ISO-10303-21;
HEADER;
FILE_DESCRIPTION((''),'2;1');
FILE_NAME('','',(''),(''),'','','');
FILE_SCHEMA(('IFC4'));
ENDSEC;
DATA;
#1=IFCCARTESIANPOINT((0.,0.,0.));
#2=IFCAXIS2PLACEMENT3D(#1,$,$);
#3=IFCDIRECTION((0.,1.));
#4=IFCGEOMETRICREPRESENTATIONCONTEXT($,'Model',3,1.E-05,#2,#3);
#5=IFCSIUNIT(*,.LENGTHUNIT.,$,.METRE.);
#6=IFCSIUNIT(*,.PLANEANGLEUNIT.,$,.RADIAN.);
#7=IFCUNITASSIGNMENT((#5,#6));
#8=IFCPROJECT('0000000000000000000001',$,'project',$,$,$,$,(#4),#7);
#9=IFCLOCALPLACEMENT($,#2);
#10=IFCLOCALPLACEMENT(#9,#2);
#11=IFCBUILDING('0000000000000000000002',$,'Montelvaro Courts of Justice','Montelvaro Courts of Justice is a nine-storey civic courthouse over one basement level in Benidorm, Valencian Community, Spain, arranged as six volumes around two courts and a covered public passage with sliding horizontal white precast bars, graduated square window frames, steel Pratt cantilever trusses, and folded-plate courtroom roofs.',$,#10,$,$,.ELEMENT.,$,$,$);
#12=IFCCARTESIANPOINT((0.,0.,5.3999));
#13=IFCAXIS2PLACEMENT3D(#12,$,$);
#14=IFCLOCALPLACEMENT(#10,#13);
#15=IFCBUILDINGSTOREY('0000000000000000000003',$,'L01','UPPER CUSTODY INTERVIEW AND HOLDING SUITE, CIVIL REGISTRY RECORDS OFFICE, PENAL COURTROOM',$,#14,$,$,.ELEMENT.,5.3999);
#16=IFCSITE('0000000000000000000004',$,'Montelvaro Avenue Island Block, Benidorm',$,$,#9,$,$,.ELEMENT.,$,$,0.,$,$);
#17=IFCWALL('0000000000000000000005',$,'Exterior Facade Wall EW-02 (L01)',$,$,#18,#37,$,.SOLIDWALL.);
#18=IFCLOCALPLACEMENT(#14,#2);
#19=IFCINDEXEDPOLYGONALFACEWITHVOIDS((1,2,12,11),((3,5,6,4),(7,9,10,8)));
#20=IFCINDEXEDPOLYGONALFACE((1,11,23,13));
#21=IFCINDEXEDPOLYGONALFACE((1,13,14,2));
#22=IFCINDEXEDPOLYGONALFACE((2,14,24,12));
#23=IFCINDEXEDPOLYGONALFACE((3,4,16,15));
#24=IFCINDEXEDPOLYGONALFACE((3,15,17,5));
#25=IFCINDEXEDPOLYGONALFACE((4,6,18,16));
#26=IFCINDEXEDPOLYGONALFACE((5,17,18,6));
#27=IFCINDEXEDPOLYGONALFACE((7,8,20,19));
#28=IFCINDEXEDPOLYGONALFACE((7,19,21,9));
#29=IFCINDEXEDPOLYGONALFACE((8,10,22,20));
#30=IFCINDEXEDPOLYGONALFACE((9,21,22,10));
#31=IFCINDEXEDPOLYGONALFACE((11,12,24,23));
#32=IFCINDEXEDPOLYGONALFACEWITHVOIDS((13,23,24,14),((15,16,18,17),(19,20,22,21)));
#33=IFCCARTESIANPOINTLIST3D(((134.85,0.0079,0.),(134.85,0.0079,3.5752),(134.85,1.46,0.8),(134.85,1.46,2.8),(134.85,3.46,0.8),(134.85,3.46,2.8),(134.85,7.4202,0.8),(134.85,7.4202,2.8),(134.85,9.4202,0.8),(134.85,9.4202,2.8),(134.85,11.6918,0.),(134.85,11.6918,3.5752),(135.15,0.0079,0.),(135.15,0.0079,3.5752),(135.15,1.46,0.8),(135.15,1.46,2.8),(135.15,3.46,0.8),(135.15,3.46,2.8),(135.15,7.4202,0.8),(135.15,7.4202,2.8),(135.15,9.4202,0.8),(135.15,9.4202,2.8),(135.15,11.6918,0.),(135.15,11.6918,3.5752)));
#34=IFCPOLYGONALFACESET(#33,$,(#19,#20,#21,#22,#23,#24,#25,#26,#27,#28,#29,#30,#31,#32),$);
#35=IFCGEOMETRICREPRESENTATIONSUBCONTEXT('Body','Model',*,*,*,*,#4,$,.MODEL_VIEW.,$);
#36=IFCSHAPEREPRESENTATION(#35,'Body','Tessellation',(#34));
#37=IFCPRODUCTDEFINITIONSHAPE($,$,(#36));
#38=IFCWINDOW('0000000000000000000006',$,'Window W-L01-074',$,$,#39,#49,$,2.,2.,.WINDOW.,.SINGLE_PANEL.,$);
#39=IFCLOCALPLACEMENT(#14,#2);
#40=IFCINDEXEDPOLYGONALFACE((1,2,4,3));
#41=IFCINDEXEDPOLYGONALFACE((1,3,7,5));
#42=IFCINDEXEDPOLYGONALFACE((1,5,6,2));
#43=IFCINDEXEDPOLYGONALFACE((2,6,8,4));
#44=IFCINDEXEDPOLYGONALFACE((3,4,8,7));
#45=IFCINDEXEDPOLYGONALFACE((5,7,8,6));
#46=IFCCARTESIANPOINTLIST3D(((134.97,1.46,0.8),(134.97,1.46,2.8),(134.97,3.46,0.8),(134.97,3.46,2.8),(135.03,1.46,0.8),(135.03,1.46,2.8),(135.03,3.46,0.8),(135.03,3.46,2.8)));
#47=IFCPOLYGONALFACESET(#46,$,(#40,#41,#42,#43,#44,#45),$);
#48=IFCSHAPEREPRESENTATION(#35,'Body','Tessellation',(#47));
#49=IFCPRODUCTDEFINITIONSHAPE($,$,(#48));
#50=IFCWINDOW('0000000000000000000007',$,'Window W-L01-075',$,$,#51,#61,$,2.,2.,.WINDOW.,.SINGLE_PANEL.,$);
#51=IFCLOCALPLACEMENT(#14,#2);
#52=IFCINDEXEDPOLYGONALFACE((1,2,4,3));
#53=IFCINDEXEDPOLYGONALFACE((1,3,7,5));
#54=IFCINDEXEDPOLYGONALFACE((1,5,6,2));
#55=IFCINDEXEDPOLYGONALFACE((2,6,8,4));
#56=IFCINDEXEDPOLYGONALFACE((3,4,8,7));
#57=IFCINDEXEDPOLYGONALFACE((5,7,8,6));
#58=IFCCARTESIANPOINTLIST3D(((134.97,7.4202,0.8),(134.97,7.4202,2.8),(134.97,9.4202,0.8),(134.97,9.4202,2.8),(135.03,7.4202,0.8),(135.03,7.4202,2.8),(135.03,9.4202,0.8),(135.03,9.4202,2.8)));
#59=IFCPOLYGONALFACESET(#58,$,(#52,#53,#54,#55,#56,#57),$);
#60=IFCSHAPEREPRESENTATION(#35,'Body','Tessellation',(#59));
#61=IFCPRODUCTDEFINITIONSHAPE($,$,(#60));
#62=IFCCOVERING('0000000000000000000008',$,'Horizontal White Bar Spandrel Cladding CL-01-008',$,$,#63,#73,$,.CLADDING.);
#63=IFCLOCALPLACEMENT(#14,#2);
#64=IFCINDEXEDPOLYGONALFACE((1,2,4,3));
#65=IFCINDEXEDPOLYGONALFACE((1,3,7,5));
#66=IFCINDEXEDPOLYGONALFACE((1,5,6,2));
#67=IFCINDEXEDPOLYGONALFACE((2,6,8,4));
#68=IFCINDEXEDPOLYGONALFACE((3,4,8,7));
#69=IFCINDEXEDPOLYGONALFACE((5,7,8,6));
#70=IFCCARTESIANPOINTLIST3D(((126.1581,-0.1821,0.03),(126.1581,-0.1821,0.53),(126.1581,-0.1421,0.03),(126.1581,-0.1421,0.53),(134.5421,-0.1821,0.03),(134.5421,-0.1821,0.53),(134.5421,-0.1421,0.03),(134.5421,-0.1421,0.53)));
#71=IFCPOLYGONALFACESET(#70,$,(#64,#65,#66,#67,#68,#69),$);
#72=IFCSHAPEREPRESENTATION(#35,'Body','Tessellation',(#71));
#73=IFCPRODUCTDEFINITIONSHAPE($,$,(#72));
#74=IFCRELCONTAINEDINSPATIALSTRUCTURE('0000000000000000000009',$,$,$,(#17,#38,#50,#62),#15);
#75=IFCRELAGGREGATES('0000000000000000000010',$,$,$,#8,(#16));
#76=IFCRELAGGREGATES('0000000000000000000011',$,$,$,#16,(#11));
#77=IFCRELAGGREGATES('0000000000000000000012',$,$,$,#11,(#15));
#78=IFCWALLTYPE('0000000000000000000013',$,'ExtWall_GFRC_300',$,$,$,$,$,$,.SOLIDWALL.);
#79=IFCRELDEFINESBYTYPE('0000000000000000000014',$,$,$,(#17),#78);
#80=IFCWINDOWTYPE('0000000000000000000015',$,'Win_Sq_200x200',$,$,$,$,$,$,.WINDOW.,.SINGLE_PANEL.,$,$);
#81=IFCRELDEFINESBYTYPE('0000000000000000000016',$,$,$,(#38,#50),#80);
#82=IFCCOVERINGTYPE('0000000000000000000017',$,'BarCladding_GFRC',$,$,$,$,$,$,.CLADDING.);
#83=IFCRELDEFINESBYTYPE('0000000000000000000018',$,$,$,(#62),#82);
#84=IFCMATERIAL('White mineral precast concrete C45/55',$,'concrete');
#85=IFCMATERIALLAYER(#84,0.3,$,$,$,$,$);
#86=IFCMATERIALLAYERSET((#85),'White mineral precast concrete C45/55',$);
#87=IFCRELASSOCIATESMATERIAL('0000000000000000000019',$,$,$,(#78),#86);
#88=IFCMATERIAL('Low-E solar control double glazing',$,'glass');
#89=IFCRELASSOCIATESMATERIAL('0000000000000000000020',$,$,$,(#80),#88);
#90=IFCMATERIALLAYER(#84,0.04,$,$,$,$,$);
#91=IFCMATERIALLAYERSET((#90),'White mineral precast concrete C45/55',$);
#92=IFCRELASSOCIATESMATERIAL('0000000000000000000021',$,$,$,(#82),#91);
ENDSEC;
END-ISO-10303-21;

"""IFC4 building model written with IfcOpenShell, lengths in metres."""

from ifc_helpers import new_model, si_unit, direction, frame, frame_2d, origin, origin_2d, place, context, subcontext, project, spatial, rectangle, extrude, material, layer, layer_set, type_object, element, fill, save


model = new_model("IFC4")

# Units and contexts
model_context = context("Model", 3, precision=1e-05, world=origin(), true_north=direction((0.0, 1.0)))
body_context = subcontext(model_context, "Body", "Model", "MODEL_VIEW")
ifc_project = project(units=[si_unit("LENGTHUNIT", "METRE"), si_unit("PLANEANGLEUNIT", "RADIAN")], contexts=[model_context])

# Site, building, storey
site_placement = place(None, origin())
site = spatial("IfcSite", under=ifc_project, at=site_placement, Name="Montelvaro Avenue Island Block, Benidorm", CompositionType="ELEMENT", RefElevation=0.0)
building_placement = place(site_placement, origin())
building = spatial("IfcBuilding", under=site, at=building_placement, Name="Montelvaro Courts of Justice", Description="Montelvaro Courts of Justice is a nine-storey civic courthouse over one basement level in Benidorm, Valencian Community, Spain, arranged as six volumes around two courts and a covered public passage with sliding horizontal white precast bars, graduated square window frames, steel Pratt cantilever trusses, and folded-plate courtroom roofs.", CompositionType="ELEMENT")
storey_placement = place(building_placement, frame((0.0, 0.0, 5.3999)))
storey = spatial("IfcBuildingStorey", under=building, at=storey_placement, Name="L01", Description="UPPER CUSTODY INTERVIEW AND HOLDING SUITE, CIVIL REGISTRY RECORDS OFFICE, PENAL COURTROOM", CompositionType="ELEMENT", Elevation=5.3999)

# Shared definitions
ifc_material_1 = material(Name="White mineral precast concrete C45/55", Category="concrete")

# Wall, openings, windows
ifc_layer_1 = layer(ifc_material_1, 0.3)
ifc_layer_set_1 = layer_set([ifc_layer_1], Name="White mineral precast concrete C45/55")
wall_type_1 = type_object("IfcWallType", Name="ExtWall_GFRC_300", PredefinedType="SOLIDWALL", material=ifc_layer_set_1)
wall_1_placement = place(storey_placement, frame((135.0, 0.0081, 0.0), z_axis=(0.0, 0.0, 1.0), x_axis=(0.0, 1.0, 0.0)))
wall_1 = element("IfcWall", 1, at=wall_1_placement, inside=storey, type_object=wall_type_1, Name="Exterior Facade Wall EW-02 (L01)", PredefinedType="SOLIDWALL", context=body_context, shape_type="SweptSolid", body=[
    extrude(rectangle(XDim=11.6838, YDim=0.3, at=frame_2d((5.8418, 0.0))), origin(), (0.0, 0.0, 1.0), 3.5752),
])
opening_1_placement = place(wall_1_placement, frame((1.4519, 0.0, 0.8)))
opening_1 = element("IfcOpeningElement", 2, at=opening_1_placement, cuts=wall_1, PredefinedType="OPENING", context=body_context, shape_type="SweptSolid", body=[
    extrude(rectangle(XDim=2.0, YDim=2.0, at=frame_2d((1.0, 1.0))), frame((0.0, 0.165, 0.0), z_axis=(0.0, -1.0, 0.0), x_axis=(1.0, 0.0, 0.0)), (0.0, 0.0, 1.0), 0.3298),
])
opening_2_placement = place(wall_1_placement, frame((7.4121, 0.0, 0.8)))
opening_2 = element("IfcOpeningElement", 3, at=opening_2_placement, cuts=wall_1, PredefinedType="OPENING", context=body_context, shape_type="SweptSolid", body=[
    extrude(rectangle(XDim=2.0, YDim=2.0, at=frame_2d((1.0, 1.0))), frame((0.0, 0.165, 0.0), z_axis=(0.0, -1.0, 0.0), x_axis=(1.0, 0.0, 0.0)), (0.0, 0.0, 1.0), 0.3298),
])
ifc_material_2 = material(Name="Low-E solar control double glazing", Category="glass")
window_type = type_object("IfcWindowType", Name="Win_Sq_200x200", PartitioningType="SINGLE_PANEL", PredefinedType="WINDOW", material=ifc_material_2)
window_1_placement = place(opening_1_placement, origin())
window_1 = element("IfcWindow", 4, at=window_1_placement, inside=storey, type_object=window_type, Name="Window W-L01-074", OverallHeight=2.0, OverallWidth=2.0, PartitioningType="SINGLE_PANEL", PredefinedType="WINDOW", context=body_context, shape_type="SweptSolid", body=[
    extrude(rectangle(XDim=2.0, YDim=2.0, at=frame_2d((1.0, 1.0))), frame((0.0, 0.03, 0.0), z_axis=(0.0, -1.0, 0.0), x_axis=(1.0, 0.0, 0.0)), (0.0, 0.0, 1.0), 0.0601),
])
fill(opening_1, window_1)
window_2_placement = place(opening_2_placement, origin())
window_2 = element("IfcWindow", 5, at=window_2_placement, inside=storey, type_object=window_type, Name="Window W-L01-075", OverallHeight=2.0, OverallWidth=2.0, PartitioningType="SINGLE_PANEL", PredefinedType="WINDOW", context=body_context, shape_type="SweptSolid", body=[
    extrude(rectangle(XDim=2.0, YDim=2.0, at=frame_2d((1.0, 1.0))), frame((0.0, 0.03, 0.0), z_axis=(0.0, -1.0, 0.0), x_axis=(1.0, 0.0, 0.0)), (0.0, 0.0, 1.0), 0.0601),
])
fill(opening_2, window_2)

# Covering
ifc_layer_2 = layer(ifc_material_1, 0.04)
ifc_layer_set_2 = layer_set([ifc_layer_2], Name="White mineral precast concrete C45/55")
covering_type = type_object("IfcCoveringType", Name="BarCladding_GFRC", PredefinedType="CLADDING", material=ifc_layer_set_2)
covering_placement = place(storey_placement, frame((130.3501, -0.1621, 0.03), z_axis=(0.0, 0.0, 1.0), x_axis=(1.0, 0.0, 0.0)))
element("IfcCovering", 6, at=covering_placement, inside=storey, type_object=covering_type, Name="Horizontal White Bar Spandrel Cladding CL-01-008", PredefinedType="CLADDING", context=body_context, shape_type="SweptSolid", body=[
    extrude(rectangle(XDim=8.384, YDim=0.04, at=origin_2d()), origin(), (0.0, 0.0, 1.0), 0.5),
])

save(model, "model.ifc")
